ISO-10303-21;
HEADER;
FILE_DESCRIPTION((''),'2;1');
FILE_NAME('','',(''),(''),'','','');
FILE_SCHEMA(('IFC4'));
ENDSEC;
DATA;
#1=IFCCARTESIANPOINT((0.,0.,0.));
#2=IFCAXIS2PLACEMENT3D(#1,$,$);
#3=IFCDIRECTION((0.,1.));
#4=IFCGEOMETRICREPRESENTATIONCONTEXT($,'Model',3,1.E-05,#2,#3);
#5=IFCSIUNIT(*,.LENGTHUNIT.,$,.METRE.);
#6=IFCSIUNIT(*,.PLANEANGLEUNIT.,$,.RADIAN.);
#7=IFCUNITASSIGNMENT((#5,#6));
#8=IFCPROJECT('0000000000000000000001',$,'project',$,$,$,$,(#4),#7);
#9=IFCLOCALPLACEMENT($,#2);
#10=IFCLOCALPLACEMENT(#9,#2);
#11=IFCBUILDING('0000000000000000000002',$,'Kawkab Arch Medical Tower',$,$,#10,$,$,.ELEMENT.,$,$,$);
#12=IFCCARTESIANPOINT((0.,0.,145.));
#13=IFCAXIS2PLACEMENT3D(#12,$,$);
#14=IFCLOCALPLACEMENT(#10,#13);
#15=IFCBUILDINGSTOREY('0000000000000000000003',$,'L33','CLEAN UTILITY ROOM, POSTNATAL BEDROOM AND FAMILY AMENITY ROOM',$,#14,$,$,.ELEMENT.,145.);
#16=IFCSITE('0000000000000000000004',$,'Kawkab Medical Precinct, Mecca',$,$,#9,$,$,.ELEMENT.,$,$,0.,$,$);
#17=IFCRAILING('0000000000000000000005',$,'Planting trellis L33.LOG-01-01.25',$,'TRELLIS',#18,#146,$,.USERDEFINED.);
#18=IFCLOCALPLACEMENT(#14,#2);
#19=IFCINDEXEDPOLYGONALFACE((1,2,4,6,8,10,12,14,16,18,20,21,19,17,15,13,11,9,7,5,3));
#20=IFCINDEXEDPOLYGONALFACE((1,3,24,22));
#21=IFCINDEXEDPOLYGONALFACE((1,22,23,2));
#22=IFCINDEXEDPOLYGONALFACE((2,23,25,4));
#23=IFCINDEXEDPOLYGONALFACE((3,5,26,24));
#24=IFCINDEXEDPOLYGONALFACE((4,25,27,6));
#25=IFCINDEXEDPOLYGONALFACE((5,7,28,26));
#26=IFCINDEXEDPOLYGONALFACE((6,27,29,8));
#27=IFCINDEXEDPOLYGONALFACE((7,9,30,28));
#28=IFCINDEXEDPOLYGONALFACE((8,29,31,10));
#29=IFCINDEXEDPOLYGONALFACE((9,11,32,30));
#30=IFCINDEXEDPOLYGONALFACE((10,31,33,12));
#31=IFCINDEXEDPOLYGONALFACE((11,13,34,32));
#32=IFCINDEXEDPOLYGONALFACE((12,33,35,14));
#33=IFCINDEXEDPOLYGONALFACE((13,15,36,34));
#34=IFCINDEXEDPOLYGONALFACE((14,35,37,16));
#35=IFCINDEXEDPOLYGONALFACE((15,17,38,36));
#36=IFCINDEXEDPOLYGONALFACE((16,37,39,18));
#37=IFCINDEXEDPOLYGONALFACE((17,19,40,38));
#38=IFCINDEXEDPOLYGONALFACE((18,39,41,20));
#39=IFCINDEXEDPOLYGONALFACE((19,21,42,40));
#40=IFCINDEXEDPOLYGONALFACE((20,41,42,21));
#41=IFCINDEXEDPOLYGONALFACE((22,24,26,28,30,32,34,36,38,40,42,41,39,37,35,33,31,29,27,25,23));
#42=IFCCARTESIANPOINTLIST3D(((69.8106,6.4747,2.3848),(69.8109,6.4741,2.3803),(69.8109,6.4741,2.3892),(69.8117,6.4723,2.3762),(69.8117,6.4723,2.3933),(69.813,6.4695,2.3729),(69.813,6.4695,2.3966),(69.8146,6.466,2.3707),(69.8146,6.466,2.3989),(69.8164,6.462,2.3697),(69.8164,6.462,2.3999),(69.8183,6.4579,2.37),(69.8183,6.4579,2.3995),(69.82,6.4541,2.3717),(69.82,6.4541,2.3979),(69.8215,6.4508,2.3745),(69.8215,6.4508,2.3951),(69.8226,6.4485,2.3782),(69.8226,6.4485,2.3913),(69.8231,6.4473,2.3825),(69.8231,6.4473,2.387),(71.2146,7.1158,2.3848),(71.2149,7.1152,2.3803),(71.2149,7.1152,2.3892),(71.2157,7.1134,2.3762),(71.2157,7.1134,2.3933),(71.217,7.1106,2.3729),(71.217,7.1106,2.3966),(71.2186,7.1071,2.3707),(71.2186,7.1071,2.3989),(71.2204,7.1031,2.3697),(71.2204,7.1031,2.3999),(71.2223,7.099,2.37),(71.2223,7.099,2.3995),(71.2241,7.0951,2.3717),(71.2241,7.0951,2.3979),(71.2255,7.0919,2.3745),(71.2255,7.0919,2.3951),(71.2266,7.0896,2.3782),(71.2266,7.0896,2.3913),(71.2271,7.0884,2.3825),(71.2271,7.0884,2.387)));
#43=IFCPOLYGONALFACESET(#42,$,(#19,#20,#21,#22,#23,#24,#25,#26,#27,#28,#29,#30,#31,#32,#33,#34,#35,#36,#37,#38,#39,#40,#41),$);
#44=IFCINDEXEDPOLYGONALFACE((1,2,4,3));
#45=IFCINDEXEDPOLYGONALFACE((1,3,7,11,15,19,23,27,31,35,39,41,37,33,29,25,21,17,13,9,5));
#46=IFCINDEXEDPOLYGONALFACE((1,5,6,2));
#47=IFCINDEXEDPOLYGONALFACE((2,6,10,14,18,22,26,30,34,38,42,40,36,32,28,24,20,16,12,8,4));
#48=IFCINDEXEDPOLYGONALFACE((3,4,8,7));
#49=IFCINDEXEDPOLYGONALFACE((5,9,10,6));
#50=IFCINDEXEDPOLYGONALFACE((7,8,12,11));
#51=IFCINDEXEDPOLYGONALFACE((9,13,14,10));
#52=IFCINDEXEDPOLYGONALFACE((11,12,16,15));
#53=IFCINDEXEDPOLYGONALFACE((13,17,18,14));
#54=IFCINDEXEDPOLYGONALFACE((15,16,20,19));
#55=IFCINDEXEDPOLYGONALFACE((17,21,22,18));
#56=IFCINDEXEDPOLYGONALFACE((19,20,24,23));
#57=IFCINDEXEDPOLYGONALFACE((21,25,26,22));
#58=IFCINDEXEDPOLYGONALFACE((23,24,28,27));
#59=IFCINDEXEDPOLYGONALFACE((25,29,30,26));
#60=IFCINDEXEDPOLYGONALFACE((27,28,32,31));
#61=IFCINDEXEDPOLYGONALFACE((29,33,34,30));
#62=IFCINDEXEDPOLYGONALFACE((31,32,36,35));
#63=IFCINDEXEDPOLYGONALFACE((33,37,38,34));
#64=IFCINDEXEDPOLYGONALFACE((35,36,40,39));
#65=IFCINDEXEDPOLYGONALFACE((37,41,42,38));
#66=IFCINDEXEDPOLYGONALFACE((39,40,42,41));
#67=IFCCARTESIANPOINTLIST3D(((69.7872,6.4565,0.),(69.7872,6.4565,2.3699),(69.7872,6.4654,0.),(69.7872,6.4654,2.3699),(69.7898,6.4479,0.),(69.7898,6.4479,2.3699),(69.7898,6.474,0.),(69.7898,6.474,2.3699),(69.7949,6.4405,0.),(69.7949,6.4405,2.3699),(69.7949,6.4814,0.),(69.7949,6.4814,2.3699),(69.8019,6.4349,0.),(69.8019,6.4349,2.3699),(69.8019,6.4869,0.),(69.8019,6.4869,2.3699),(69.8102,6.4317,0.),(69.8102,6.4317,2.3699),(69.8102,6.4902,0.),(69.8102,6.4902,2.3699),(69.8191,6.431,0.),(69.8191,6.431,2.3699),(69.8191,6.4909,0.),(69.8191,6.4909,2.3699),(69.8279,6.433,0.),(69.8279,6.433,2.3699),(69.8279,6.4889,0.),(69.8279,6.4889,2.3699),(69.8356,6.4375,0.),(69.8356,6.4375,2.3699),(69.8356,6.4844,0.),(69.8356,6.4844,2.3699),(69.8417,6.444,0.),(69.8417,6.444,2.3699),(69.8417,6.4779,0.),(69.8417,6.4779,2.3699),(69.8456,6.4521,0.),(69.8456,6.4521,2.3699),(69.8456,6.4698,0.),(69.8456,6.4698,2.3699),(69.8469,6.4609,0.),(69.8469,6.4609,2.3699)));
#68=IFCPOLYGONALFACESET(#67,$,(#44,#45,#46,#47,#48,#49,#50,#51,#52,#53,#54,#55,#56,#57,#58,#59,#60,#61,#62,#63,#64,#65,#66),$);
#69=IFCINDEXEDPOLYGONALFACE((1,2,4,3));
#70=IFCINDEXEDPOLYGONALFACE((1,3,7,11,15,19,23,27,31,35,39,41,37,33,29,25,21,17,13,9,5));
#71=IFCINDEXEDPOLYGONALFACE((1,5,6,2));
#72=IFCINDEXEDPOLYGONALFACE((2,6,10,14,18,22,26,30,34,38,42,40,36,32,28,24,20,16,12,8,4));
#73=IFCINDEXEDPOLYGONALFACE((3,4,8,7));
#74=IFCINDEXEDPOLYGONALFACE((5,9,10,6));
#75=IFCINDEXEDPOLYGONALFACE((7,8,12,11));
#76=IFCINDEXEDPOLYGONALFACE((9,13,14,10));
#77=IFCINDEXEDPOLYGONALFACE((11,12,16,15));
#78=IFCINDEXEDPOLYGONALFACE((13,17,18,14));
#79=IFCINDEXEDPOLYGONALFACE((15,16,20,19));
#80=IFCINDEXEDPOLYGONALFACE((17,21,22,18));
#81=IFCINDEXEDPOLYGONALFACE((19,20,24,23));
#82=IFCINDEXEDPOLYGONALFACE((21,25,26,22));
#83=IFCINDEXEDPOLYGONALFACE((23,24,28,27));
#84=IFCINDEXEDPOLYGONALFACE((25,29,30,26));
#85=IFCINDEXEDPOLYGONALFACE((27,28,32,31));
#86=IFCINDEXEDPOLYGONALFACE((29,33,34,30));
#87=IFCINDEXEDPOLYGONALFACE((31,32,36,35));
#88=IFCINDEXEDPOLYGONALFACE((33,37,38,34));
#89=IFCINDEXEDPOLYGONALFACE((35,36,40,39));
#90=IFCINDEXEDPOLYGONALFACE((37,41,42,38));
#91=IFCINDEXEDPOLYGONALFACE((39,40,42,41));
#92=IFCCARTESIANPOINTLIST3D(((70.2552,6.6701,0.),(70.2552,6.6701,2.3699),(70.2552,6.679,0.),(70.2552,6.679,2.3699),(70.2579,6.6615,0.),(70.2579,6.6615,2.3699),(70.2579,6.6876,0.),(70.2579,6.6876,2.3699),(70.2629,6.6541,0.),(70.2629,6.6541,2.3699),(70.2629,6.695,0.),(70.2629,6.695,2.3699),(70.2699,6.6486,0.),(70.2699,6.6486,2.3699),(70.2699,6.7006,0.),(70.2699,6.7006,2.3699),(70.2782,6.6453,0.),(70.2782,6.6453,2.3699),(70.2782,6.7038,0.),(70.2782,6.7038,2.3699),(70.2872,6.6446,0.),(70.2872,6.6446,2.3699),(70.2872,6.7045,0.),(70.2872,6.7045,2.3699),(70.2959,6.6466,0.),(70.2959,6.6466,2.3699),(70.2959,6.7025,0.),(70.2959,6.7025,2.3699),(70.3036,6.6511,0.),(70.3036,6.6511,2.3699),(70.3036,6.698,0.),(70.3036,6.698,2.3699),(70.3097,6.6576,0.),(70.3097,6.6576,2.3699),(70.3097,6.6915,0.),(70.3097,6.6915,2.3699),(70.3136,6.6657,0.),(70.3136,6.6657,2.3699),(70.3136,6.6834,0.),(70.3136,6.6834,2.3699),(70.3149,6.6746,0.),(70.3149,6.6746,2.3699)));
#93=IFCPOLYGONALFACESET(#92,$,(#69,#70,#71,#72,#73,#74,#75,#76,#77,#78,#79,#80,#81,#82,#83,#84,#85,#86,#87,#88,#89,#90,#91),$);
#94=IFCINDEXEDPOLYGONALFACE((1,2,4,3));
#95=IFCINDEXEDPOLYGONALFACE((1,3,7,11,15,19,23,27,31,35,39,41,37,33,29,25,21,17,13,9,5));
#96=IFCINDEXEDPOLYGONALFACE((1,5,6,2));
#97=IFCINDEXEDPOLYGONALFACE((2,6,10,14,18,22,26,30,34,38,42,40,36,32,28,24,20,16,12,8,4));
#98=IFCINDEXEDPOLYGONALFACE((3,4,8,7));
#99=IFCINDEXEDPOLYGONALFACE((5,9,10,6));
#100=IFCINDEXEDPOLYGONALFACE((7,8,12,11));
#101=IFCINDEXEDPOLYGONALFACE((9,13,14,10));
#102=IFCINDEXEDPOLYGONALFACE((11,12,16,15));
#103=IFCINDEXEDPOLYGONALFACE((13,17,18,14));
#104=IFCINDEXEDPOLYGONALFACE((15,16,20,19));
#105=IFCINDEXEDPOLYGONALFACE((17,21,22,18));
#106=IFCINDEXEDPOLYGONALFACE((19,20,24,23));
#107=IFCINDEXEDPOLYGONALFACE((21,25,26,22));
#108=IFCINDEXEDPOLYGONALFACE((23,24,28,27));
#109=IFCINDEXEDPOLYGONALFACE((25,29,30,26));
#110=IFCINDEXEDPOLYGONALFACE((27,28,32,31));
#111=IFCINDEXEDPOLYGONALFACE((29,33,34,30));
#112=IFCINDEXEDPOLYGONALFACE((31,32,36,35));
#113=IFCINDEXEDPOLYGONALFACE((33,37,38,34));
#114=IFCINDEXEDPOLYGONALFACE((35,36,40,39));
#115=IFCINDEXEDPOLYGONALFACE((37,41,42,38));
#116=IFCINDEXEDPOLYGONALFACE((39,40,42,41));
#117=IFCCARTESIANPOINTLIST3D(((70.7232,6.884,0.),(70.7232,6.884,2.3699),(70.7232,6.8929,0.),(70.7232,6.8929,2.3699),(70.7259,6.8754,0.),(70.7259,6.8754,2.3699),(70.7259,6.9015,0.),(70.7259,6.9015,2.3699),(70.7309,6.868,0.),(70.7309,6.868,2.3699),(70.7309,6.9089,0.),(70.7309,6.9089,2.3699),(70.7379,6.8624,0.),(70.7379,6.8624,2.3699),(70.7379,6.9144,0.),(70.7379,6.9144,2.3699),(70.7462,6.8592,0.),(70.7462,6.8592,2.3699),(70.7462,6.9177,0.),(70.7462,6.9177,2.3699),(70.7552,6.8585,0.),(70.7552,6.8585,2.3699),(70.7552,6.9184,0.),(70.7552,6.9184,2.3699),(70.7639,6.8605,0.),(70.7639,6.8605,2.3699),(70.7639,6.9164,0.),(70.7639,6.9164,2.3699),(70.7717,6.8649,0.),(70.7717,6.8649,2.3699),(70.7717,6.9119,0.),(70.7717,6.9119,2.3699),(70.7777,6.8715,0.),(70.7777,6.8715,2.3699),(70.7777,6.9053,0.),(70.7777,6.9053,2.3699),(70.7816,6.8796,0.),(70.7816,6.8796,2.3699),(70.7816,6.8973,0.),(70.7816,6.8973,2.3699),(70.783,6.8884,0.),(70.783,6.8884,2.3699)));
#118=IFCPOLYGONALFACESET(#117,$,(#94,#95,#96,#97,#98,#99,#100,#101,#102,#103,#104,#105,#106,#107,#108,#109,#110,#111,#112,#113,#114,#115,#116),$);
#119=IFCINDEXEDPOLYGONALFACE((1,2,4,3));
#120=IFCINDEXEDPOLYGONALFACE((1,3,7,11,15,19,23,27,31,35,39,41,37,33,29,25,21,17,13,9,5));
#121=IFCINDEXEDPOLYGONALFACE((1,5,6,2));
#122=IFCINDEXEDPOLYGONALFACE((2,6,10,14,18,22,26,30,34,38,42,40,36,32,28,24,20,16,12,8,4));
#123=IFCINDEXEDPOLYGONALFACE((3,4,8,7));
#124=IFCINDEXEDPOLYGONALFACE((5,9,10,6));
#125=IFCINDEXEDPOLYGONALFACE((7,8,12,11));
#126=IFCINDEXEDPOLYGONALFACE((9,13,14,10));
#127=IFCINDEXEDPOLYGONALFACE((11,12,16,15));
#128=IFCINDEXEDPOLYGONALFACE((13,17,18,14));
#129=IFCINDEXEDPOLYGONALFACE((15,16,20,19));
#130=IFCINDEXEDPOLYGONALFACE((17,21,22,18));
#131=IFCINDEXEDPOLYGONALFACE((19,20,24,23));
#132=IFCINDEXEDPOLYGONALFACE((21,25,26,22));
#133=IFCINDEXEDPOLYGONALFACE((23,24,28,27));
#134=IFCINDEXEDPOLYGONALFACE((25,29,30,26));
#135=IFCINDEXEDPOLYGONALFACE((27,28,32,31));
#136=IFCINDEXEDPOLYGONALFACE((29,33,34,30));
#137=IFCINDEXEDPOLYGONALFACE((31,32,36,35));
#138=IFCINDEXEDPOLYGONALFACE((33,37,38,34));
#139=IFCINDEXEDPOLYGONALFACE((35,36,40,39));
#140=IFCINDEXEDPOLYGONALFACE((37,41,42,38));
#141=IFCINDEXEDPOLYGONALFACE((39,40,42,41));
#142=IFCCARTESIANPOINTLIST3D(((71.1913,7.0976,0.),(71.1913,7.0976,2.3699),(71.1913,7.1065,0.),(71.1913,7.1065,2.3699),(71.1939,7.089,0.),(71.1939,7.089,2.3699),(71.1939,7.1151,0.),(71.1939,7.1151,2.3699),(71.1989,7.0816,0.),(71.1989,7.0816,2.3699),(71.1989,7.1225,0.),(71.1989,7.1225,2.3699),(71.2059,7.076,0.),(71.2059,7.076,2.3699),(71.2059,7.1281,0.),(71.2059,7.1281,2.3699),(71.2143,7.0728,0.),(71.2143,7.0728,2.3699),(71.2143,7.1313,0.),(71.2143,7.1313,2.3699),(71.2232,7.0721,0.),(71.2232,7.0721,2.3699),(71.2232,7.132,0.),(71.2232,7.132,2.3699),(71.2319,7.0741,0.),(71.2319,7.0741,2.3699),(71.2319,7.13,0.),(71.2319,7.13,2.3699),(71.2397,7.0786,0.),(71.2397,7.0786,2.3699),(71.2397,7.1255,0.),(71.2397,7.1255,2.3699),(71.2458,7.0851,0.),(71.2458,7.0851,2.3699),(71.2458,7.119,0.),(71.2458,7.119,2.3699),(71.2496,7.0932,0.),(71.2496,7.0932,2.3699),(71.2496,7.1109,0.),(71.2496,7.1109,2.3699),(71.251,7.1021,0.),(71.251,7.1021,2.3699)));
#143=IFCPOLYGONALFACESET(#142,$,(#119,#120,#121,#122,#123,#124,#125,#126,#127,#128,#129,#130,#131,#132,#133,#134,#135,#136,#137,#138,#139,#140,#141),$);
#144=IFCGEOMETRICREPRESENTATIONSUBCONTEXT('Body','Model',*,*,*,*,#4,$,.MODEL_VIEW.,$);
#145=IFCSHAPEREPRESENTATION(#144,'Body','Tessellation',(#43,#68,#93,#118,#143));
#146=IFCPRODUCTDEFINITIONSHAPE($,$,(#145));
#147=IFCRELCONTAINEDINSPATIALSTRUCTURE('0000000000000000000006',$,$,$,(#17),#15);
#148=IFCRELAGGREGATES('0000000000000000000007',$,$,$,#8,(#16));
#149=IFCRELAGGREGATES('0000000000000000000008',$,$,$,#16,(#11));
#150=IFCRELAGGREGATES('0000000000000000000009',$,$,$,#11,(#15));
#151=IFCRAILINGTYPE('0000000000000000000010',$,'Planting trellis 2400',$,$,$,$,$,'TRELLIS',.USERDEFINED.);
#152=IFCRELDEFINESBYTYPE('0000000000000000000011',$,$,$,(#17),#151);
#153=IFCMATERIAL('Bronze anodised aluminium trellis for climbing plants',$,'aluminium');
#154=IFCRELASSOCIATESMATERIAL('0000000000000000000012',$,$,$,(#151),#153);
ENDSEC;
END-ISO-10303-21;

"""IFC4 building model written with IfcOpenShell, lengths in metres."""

from ifc_helpers import new_model, si_unit, direction, frame, origin, origin_2d, place, context, subcontext, project, spatial, circle, extrude, material, type_object, element, save


model = new_model("IFC4")

# Units and contexts
model_context = context("Model", 3, precision=1e-05, world=origin(), true_north=direction((0.0, 1.0)))
body_context = subcontext(model_context, "Body", "Model", "MODEL_VIEW")
ifc_project = project(units=[si_unit("LENGTHUNIT", "METRE"), si_unit("PLANEANGLEUNIT", "RADIAN")], contexts=[model_context])

# Site, building, storey
site_placement = place(None, origin())
site = spatial("IfcSite", under=ifc_project, at=site_placement, Name="Kawkab Medical Precinct, Mecca", CompositionType="ELEMENT", RefElevation=0.0)
building_placement = place(site_placement, origin())
building = spatial("IfcBuilding", under=site, at=building_placement, Name="Kawkab Arch Medical Tower", CompositionType="ELEMENT")
storey_placement = place(building_placement, frame((0.0, 0.0, 145.0)))
storey = spatial("IfcBuildingStorey", under=building, at=storey_placement, Name="L33", Description="CLEAN UTILITY ROOM, POSTNATAL BEDROOM AND FAMILY AMENITY ROOM", CompositionType="ELEMENT", Elevation=145.0)

# Railing
ifc_material_1 = material(Name="Bronze anodised aluminium trellis for climbing plants", Category="aluminium")
railing_type = type_object("IfcRailingType", Name="Planting trellis 2400", ElementType="TRELLIS", PredefinedType="USERDEFINED", material=ifc_material_1)
railing_1_placement = place(storey_placement, frame((69.8169, 6.4609, 0.0)))
element("IfcRailing", 1, at=railing_1_placement, inside=storey, type_object=railing_type, Name="Planting trellis L33.LOG-01-01.25", ObjectType="TRELLIS", PredefinedType="USERDEFINED", context=body_context, shape_type="SweptSolid", body=[
    extrude(circle(Radius=0.0151, at=origin_2d()), frame((0.0, 0.0, 2.3848), z_axis=(0.909656, 0.415363, 0.0), x_axis=(-0.415363, 0.909656, 0.0)), (0.0, 0.0, 1.0), 1.5435),
    extrude(circle(Radius=0.03, at=origin_2d()), origin(), (0.0, 0.0, 1.0), 2.3699),
    extrude(circle(Radius=0.03, at=origin_2d()), frame((0.468, 0.2136, 0.0)), (0.0, 0.0, 1.0), 2.3699),
    extrude(circle(Radius=0.03, at=origin_2d()), frame((0.936, 0.4275, 0.0)), (0.0, 0.0, 1.0), 2.3699),
    extrude(circle(Radius=0.03, at=origin_2d()), frame((1.4041, 0.6411, 0.0)), (0.0, 0.0, 1.0), 2.3699),
])

save(model, "model.ifc")
